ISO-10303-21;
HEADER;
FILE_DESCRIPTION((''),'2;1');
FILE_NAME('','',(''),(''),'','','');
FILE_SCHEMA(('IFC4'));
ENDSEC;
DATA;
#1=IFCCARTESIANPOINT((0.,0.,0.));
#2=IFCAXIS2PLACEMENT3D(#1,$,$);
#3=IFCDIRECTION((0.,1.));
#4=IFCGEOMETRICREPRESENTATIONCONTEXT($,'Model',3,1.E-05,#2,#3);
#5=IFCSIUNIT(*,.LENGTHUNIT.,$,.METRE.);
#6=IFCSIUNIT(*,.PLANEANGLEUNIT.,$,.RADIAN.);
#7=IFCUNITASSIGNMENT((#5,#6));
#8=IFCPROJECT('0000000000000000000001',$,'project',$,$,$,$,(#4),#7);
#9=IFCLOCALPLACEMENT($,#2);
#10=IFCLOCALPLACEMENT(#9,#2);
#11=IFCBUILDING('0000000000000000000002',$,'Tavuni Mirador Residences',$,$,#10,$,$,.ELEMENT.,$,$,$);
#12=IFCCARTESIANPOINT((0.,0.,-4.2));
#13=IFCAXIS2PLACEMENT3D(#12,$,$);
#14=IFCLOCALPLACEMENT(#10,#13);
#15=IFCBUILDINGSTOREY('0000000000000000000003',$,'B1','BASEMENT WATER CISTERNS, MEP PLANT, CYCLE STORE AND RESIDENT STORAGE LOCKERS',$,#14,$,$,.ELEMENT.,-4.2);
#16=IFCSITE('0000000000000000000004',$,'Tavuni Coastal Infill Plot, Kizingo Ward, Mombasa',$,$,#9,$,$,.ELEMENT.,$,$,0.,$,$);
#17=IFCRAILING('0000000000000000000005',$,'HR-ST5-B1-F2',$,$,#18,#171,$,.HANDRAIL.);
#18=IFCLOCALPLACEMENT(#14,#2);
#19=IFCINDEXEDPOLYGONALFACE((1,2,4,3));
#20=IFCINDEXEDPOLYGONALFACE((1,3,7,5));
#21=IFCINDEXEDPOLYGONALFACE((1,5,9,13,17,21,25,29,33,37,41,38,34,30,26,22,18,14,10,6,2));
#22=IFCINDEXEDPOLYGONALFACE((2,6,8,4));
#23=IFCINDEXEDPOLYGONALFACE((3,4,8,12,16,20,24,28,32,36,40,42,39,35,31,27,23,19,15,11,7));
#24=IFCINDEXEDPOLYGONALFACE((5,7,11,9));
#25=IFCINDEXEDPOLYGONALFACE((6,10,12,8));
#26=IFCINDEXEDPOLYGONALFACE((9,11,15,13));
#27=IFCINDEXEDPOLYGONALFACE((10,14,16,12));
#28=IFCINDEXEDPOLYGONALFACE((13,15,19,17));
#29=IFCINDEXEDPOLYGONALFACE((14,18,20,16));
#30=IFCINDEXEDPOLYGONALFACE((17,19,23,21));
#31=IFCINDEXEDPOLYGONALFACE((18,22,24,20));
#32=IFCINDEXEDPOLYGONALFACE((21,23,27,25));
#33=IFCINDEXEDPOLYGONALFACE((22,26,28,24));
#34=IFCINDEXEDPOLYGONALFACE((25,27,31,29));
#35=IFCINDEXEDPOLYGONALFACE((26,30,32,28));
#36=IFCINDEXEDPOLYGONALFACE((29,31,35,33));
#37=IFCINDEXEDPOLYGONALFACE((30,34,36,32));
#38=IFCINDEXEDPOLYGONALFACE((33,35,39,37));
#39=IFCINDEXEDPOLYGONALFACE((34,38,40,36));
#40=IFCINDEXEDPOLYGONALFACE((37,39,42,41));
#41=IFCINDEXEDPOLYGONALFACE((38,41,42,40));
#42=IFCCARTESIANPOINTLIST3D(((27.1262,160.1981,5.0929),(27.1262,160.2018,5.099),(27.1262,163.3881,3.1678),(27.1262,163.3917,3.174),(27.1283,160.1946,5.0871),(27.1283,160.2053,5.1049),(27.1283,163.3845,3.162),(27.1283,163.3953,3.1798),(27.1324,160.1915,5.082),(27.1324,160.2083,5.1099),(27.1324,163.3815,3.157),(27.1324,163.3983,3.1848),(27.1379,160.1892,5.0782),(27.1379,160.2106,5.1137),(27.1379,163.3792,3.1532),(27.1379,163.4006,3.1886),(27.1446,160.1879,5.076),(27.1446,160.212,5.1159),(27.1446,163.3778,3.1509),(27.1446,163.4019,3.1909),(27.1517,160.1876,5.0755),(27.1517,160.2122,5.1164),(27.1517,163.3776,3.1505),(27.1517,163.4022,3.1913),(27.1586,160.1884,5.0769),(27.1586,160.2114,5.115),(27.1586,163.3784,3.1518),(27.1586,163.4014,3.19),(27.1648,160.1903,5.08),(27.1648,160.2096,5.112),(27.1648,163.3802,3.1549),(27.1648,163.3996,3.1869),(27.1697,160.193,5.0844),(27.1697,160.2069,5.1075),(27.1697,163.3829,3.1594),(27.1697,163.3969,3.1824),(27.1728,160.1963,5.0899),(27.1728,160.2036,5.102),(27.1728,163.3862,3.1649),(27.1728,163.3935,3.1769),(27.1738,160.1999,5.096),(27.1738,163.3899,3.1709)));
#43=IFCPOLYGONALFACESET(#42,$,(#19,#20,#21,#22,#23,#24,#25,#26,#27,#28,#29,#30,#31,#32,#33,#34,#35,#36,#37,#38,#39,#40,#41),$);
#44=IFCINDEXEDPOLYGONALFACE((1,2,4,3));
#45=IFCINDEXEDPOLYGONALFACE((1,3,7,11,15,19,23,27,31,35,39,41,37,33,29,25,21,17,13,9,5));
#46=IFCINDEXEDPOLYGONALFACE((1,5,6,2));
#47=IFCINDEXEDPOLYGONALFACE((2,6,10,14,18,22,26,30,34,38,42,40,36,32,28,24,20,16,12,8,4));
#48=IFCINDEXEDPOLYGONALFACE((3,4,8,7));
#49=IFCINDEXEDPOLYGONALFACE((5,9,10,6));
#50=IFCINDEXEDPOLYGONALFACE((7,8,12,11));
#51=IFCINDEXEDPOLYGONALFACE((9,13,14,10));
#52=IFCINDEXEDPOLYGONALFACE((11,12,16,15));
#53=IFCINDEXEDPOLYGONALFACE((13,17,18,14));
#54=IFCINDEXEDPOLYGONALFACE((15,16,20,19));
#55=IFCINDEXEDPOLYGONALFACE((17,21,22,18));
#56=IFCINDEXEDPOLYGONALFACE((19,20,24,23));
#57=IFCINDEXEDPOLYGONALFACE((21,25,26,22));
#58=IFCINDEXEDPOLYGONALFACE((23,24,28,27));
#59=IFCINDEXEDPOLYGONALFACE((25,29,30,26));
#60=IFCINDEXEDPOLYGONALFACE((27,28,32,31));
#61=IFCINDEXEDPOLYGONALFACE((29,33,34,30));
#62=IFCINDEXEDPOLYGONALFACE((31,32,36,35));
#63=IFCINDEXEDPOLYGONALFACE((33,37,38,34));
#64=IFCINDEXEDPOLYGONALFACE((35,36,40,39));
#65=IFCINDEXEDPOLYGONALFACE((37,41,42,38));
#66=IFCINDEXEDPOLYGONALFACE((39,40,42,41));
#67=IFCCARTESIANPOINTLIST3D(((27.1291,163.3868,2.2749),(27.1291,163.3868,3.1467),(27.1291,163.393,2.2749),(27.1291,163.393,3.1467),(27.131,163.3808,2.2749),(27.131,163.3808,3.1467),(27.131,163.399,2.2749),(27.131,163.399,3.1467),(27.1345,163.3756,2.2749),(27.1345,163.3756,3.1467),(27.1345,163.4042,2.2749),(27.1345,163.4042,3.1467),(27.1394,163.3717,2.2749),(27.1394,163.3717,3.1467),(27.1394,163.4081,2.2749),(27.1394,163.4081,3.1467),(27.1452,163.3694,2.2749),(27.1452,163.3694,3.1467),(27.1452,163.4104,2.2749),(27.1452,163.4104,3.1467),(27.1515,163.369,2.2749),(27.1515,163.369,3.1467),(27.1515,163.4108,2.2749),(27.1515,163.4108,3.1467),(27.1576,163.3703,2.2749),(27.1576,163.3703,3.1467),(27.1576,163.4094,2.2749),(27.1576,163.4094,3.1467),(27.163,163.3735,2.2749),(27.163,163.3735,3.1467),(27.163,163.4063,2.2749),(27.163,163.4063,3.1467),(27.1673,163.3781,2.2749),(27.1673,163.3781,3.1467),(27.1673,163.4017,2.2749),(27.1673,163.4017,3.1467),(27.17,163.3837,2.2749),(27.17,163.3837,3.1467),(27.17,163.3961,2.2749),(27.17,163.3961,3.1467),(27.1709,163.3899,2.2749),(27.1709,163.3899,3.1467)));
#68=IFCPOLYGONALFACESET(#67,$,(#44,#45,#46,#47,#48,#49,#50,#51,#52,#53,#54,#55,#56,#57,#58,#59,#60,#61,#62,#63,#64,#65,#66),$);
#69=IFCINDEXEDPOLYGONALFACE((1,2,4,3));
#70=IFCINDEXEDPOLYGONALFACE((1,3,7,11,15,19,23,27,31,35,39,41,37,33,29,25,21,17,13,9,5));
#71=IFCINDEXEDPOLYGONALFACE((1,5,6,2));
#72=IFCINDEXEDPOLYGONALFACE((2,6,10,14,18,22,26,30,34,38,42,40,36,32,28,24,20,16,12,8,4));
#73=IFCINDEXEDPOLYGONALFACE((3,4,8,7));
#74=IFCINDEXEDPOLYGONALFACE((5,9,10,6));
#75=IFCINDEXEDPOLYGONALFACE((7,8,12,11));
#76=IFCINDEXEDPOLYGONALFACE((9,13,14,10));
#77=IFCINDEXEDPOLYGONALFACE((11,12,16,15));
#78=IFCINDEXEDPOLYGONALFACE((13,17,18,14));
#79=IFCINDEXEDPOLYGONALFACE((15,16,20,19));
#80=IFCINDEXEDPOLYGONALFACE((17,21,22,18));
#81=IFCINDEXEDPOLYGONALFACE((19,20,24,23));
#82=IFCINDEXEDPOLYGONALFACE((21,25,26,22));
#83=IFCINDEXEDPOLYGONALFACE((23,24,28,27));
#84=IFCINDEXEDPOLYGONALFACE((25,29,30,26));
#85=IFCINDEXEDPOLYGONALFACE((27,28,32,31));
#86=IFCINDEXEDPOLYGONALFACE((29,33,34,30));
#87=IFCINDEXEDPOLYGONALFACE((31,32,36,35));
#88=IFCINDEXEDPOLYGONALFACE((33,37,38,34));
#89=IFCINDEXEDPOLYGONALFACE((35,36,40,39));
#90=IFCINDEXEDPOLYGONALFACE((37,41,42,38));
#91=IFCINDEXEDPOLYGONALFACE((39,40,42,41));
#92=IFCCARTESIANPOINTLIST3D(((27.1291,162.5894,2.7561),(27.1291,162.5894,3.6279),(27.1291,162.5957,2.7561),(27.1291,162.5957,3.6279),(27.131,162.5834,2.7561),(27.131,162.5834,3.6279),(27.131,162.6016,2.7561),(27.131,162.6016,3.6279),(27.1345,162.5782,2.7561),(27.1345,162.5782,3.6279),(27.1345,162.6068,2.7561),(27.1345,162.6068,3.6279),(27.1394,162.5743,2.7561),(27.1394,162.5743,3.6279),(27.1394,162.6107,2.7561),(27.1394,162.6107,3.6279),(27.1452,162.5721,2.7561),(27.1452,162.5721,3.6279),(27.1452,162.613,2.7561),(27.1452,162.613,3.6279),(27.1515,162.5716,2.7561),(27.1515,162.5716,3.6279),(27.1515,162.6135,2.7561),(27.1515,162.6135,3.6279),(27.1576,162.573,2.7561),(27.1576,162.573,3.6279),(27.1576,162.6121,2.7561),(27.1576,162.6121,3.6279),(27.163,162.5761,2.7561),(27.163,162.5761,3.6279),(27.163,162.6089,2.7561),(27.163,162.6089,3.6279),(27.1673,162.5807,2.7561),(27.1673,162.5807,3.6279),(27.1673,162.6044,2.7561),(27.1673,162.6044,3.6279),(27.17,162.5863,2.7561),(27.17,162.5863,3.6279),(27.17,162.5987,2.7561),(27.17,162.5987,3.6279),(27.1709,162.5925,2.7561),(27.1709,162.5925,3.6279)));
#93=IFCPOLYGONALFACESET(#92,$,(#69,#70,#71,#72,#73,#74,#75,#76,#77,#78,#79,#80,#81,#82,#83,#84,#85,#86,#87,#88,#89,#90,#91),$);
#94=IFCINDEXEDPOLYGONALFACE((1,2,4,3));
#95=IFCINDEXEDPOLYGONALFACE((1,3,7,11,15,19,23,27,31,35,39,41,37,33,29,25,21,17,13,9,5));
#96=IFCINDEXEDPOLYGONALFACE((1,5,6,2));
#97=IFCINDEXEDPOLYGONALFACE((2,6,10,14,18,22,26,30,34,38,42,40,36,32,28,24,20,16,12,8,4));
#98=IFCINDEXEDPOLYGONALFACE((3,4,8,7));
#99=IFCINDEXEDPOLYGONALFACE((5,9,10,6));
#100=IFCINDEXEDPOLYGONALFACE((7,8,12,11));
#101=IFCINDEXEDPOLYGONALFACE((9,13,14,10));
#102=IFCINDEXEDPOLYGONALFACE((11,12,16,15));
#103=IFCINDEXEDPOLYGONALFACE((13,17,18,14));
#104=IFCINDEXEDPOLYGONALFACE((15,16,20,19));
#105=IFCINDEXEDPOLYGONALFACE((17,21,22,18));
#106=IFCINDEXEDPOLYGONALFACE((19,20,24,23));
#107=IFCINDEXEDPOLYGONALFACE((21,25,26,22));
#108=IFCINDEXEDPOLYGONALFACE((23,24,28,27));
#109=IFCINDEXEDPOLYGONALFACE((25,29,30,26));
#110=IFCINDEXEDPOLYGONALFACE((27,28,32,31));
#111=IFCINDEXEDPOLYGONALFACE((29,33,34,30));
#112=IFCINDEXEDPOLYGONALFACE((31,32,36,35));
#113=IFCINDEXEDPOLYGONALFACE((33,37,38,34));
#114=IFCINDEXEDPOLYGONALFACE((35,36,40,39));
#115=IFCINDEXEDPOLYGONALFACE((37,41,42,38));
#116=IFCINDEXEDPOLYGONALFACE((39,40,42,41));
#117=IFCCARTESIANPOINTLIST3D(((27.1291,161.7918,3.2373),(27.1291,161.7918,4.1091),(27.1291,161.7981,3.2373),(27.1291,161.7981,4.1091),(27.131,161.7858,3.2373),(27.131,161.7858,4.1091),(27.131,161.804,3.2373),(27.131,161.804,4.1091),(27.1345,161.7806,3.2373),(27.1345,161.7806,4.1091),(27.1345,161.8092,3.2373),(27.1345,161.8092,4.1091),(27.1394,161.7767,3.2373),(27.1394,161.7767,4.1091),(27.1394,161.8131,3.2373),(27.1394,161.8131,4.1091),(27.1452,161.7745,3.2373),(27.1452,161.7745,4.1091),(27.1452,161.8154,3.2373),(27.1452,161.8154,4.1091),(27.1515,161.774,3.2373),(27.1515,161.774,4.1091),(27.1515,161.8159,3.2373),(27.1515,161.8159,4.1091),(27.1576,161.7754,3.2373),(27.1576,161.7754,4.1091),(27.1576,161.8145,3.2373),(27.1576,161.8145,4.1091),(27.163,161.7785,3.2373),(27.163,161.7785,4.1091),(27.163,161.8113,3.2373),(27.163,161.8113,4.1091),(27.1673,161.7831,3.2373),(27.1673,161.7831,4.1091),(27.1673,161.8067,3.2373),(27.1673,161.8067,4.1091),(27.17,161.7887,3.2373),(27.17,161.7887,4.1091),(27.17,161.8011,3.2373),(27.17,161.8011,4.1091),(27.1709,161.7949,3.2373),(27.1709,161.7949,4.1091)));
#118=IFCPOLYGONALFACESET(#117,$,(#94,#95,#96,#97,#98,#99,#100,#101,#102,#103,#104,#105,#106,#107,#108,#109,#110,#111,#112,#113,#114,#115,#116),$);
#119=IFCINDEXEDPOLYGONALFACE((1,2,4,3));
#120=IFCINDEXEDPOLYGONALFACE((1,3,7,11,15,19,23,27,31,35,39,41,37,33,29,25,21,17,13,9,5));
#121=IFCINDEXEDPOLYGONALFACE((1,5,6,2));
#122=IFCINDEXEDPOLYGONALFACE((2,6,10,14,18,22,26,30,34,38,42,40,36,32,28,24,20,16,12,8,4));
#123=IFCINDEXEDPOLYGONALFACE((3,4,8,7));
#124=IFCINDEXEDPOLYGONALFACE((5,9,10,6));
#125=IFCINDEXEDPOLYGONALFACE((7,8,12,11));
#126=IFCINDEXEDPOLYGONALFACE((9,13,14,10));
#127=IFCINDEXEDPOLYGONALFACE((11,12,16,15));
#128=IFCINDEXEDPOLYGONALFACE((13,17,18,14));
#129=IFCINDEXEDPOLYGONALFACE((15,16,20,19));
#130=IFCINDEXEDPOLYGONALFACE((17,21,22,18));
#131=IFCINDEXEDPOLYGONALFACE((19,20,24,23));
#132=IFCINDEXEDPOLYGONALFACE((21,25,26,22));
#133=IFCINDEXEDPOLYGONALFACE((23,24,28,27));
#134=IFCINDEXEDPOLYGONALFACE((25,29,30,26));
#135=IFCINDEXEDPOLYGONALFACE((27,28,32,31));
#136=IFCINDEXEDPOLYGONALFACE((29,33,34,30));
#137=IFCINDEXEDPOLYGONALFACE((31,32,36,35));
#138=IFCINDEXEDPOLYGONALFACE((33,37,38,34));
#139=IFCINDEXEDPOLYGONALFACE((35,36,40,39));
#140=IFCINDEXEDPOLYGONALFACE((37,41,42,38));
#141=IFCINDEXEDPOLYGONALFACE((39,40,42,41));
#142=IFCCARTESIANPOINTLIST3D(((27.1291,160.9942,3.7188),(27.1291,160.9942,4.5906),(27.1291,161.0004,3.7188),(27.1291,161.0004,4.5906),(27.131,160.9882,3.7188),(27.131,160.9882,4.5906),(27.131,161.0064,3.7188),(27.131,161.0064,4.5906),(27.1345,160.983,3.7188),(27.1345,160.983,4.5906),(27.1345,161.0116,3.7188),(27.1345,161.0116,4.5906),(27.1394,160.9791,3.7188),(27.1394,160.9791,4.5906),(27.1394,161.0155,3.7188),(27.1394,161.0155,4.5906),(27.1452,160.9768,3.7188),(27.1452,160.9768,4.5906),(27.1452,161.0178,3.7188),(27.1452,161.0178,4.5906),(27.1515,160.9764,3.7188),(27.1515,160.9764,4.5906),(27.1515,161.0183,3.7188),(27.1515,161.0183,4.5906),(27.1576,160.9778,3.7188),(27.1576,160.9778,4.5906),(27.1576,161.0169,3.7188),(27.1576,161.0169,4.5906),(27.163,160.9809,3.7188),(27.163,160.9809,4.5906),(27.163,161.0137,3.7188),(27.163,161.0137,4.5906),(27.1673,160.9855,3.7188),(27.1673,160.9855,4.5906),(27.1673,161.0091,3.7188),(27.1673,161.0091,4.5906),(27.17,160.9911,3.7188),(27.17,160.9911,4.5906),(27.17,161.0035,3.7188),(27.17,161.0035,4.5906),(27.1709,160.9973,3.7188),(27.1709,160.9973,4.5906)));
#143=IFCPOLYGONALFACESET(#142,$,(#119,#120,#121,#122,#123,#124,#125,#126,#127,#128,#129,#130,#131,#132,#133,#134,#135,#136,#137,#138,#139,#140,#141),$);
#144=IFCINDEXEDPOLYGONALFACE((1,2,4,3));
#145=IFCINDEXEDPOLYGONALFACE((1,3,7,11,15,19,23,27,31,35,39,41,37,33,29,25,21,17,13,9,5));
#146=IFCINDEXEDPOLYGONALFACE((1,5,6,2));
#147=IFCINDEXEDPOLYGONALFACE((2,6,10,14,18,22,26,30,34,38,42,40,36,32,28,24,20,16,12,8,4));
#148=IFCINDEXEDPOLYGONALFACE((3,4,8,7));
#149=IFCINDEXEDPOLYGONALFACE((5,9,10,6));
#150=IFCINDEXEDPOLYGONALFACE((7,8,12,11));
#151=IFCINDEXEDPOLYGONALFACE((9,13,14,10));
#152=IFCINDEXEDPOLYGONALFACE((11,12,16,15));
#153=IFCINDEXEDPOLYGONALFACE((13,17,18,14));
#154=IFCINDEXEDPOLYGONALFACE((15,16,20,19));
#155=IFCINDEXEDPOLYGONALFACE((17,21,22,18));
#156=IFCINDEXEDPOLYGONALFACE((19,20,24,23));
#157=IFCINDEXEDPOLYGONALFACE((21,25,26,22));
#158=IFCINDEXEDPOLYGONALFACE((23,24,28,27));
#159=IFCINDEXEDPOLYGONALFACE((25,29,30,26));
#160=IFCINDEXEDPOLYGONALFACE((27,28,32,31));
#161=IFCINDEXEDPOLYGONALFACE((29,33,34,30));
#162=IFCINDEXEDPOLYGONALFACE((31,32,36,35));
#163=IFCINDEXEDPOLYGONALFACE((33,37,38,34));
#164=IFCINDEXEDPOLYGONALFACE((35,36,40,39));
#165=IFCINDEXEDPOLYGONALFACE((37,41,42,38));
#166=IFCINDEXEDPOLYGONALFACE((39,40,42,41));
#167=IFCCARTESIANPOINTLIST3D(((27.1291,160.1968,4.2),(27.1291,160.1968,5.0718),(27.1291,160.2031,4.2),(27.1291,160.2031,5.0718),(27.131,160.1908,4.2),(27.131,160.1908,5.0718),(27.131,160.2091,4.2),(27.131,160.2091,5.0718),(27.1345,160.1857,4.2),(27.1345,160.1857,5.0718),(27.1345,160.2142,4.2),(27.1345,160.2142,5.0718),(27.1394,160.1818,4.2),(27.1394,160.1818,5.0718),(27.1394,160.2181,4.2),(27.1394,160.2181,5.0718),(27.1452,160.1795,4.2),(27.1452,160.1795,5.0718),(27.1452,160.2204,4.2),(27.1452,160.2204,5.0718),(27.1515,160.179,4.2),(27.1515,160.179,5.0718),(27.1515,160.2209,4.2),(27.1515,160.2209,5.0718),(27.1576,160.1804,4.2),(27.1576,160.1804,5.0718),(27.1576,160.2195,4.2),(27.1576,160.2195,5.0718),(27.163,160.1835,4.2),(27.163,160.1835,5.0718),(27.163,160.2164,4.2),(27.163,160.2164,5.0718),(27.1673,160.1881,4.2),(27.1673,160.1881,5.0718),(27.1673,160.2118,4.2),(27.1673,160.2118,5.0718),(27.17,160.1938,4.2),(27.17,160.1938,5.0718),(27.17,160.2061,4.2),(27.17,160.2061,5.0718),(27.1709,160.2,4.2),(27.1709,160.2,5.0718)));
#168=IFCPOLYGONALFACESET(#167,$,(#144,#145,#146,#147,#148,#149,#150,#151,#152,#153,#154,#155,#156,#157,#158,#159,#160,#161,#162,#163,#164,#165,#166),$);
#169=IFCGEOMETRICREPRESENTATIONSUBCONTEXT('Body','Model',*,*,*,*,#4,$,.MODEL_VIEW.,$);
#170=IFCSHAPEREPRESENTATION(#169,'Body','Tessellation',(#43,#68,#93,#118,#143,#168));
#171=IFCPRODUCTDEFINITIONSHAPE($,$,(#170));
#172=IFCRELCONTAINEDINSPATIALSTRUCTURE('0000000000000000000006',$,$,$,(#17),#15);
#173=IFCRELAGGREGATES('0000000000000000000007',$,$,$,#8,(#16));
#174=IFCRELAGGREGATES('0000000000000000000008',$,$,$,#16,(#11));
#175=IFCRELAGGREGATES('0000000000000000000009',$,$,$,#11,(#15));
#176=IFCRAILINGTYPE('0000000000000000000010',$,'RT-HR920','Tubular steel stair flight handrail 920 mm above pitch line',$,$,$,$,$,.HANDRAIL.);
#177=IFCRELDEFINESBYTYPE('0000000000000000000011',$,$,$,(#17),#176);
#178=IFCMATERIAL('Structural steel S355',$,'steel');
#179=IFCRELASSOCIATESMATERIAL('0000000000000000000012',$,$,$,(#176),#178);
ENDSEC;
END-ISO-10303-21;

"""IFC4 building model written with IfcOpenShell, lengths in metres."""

from ifc_helpers import new_model, si_unit, direction, frame, origin, origin_2d, place, context, subcontext, project, spatial, circle, extrude, material, type_object, element, save


model = new_model("IFC4")

# Units and contexts
model_context = context("Model", 3, precision=1e-05, world=origin(), true_north=direction((0.0, 1.0)))
body_context = subcontext(model_context, "Body", "Model", "MODEL_VIEW")
ifc_project = project(units=[si_unit("LENGTHUNIT", "METRE"), si_unit("PLANEANGLEUNIT", "RADIAN")], contexts=[model_context])

# Site, building, storey
site_placement = place(None, origin())
site = spatial("IfcSite", under=ifc_project, at=site_placement, Name="Tavuni Coastal Infill Plot, Kizingo Ward, Mombasa", CompositionType="ELEMENT", RefElevation=0.0)
building_placement = place(site_placement, origin())
building = spatial("IfcBuilding", under=site, at=building_placement, Name="Tavuni Mirador Residences", CompositionType="ELEMENT")
storey_placement = place(building_placement, frame((0.0, 0.0, -4.2)))
storey = spatial("IfcBuildingStorey", under=building, at=storey_placement, Name="B1", Description="BASEMENT WATER CISTERNS, MEP PLANT, CYCLE STORE AND RESIDENT STORAGE LOCKERS", CompositionType="ELEMENT", Elevation=-4.2)

# Shared definitions
ifc_material_1 = material(Name="Structural steel S355", Category="steel")

# Railing
railing_type_1 = type_object("IfcRailingType", Name="RT-HR920", Description="Tubular steel stair flight handrail 920 mm above pitch line", PredefinedType="HANDRAIL", material=ifc_material_1)
railing_1_placement = place(storey_placement, frame((27.1499, 163.3899, 2.2749)))
element("IfcRailing", 1, at=railing_1_placement, inside=storey, type_object=railing_type_1, Name="HR-ST5-B1-F2", PredefinedType="HANDRAIL", context=body_context, shape_type="SweptSolid", body=[
    extrude(circle(Radius=0.0239, at=origin_2d()), frame((0.0, 0.0, 0.896), z_axis=(0.0, -0.856178, 0.516682), x_axis=(1.0, 0.0, 0.0)), (0.0, 0.0, 1.0), 3.7258),
    extrude(circle(Radius=0.021, at=origin_2d()), origin(), (0.0, 0.0, 1.0), 0.8718),
    extrude(circle(Radius=0.021, at=origin_2d()), frame((0.0, -0.7974, 0.4812)), (0.0, 0.0, 1.0), 0.8718),
    extrude(circle(Radius=0.021, at=origin_2d()), frame((0.0, -1.595, 0.9624)), (0.0, 0.0, 1.0), 0.8718),
    extrude(circle(Radius=0.021, at=origin_2d()), frame((0.0, -2.3926, 1.4438)), (0.0, 0.0, 1.0), 0.8718),
    extrude(circle(Radius=0.021, at=origin_2d()), frame((0.0, -3.1899, 1.925)), (0.0, 0.0, 1.0), 0.8718),
])

save(model, "model.ifc")
